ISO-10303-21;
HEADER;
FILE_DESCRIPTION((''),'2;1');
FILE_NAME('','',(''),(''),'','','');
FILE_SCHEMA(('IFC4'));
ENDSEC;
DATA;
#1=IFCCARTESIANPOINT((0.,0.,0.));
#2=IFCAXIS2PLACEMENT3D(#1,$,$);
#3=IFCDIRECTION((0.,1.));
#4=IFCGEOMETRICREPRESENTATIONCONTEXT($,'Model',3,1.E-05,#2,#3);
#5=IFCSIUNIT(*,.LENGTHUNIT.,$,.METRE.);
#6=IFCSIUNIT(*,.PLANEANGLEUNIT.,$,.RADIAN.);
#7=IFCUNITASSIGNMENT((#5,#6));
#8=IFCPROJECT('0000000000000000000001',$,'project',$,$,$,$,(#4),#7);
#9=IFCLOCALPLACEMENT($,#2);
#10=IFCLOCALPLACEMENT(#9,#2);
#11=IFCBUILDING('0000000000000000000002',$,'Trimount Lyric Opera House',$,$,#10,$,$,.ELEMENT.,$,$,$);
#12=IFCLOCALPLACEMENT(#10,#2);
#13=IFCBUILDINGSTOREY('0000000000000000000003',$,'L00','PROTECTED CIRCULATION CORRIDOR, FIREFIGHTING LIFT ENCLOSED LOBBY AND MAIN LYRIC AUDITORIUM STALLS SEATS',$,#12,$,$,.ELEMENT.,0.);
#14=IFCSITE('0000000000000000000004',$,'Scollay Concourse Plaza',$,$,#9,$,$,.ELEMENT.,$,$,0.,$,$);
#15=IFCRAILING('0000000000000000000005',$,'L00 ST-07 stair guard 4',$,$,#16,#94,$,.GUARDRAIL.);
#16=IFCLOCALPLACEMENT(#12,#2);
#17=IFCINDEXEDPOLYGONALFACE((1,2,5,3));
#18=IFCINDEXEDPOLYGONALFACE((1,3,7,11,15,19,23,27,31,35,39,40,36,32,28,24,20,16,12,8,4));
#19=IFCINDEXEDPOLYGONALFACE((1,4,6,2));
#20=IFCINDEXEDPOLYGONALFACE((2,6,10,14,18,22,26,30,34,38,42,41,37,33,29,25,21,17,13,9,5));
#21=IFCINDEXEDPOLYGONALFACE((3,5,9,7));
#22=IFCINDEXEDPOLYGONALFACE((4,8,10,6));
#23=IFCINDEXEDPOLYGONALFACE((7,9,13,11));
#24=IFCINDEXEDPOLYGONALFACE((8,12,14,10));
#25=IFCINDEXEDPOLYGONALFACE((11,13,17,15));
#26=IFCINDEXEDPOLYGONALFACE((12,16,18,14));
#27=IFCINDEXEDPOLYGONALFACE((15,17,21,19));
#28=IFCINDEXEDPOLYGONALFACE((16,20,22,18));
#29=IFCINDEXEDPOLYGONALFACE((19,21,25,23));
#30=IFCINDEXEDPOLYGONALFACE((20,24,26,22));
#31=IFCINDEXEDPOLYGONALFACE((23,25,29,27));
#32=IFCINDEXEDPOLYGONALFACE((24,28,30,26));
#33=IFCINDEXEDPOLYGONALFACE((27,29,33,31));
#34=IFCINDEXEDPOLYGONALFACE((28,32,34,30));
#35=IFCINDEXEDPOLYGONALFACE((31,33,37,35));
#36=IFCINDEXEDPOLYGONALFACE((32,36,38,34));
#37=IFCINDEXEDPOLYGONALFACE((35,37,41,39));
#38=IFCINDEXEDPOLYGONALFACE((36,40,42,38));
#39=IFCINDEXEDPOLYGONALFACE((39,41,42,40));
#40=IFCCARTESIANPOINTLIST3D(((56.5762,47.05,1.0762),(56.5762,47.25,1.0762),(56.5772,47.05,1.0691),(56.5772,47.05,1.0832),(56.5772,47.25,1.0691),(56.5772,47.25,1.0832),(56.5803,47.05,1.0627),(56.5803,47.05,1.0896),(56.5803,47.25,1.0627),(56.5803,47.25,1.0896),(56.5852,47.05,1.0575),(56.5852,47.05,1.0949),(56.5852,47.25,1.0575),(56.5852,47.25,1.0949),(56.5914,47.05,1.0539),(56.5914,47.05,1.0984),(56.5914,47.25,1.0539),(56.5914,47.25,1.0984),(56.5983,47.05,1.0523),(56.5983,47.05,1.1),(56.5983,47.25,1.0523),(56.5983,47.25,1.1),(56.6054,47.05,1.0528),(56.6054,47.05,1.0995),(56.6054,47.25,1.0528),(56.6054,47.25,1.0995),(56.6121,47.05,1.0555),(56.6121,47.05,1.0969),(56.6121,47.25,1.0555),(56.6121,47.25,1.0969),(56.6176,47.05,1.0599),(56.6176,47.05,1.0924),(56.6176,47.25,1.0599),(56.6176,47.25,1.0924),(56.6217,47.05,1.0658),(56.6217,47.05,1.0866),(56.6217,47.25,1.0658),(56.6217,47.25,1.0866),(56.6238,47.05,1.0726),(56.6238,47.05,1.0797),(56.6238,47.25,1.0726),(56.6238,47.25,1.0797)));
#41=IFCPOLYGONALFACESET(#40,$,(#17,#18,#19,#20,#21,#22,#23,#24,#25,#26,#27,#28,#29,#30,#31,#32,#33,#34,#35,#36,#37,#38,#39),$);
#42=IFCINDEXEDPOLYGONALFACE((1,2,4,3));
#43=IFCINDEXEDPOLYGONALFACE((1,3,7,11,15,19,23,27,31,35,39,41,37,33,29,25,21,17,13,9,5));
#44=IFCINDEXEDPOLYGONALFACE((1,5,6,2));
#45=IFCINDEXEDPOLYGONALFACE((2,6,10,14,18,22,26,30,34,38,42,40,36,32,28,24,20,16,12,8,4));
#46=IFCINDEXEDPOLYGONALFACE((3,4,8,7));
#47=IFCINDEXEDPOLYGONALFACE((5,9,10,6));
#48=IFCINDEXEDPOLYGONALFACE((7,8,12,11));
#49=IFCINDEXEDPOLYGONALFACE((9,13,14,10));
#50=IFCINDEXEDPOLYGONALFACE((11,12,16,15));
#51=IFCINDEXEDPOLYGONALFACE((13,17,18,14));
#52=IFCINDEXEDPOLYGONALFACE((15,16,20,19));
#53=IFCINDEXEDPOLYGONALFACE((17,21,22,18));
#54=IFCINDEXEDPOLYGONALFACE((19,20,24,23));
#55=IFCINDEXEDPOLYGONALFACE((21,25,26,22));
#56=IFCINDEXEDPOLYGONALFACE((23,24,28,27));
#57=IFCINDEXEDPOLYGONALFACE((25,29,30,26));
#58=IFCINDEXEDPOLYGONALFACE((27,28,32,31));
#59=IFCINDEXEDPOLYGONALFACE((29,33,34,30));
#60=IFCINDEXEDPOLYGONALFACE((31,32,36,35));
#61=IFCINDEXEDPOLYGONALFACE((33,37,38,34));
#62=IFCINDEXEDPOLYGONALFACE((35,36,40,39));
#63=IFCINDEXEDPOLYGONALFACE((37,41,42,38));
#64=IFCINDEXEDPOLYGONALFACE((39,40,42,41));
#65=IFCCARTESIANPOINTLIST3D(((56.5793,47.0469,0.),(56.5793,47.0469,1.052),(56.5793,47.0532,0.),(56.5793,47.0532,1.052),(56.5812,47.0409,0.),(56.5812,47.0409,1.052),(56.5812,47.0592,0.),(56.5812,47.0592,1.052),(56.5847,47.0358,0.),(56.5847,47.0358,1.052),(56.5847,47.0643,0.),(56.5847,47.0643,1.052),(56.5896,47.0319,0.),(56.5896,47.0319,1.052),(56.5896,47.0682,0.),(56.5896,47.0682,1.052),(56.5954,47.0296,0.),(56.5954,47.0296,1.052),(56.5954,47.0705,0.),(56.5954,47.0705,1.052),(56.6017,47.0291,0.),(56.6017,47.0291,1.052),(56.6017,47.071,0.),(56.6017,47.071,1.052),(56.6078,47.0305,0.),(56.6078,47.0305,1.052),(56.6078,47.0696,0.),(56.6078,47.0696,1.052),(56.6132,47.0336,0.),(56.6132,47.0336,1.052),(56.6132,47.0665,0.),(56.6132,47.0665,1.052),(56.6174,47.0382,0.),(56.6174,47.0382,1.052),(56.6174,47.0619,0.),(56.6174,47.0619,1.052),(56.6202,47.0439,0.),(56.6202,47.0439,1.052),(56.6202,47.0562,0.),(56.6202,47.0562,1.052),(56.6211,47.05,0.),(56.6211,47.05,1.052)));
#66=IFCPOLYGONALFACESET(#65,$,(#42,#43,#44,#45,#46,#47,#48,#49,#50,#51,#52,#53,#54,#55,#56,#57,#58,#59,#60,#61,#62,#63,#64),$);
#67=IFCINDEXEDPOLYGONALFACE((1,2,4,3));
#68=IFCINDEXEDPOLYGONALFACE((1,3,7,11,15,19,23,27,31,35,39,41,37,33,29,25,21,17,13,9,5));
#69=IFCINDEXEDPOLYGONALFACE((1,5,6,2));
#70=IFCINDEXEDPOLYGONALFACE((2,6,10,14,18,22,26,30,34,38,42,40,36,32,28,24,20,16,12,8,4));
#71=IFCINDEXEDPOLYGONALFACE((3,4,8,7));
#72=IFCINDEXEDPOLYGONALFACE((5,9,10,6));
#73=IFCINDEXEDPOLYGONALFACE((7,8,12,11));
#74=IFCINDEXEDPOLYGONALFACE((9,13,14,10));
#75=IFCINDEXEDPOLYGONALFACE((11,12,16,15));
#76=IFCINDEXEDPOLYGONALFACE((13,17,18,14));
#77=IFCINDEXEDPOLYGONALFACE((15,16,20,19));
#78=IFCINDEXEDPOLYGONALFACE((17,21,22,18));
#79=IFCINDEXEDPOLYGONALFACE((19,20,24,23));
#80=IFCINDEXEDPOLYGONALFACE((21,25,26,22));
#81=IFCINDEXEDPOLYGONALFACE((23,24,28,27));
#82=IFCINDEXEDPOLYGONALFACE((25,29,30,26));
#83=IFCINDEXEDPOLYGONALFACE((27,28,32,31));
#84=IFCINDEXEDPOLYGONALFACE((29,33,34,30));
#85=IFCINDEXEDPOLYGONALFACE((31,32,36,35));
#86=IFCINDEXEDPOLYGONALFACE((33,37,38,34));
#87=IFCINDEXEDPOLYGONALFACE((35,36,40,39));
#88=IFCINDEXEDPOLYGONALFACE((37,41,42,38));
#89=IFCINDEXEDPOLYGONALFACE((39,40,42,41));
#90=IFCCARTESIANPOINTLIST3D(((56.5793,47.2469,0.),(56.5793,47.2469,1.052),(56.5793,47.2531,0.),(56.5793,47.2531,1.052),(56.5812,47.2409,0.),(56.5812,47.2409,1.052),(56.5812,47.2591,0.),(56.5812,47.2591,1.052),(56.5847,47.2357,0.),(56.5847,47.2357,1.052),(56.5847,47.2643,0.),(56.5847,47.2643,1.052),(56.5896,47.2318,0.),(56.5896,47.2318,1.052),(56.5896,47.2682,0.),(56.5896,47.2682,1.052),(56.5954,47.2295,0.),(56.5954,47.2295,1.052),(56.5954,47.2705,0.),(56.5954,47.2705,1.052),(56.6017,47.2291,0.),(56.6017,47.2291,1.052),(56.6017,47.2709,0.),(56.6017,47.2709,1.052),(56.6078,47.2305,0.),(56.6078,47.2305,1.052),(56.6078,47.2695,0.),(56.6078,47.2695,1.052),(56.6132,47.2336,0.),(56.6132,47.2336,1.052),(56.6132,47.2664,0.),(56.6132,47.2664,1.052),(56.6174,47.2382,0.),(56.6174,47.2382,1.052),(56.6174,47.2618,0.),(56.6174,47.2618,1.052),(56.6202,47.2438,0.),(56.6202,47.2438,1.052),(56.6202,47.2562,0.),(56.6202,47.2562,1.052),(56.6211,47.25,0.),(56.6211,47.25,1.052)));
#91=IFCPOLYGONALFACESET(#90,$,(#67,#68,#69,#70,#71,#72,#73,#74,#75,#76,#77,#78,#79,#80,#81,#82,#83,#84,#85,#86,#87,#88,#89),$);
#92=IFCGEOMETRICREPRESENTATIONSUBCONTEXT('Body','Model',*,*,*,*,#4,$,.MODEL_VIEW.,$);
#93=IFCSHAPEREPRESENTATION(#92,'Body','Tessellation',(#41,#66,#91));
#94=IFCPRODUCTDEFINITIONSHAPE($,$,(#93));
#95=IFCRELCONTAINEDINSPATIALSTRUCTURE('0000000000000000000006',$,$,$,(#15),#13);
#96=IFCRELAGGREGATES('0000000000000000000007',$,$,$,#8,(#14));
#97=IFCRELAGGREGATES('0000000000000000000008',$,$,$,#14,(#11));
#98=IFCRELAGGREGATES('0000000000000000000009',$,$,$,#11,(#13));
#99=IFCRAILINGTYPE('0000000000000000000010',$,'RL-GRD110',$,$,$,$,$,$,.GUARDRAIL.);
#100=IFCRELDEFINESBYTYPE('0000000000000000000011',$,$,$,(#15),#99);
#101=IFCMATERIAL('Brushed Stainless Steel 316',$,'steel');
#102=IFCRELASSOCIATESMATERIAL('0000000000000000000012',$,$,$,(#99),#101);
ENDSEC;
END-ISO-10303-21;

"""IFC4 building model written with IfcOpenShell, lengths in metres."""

from ifc_helpers import new_model, si_unit, direction, frame, origin, origin_2d, place, context, subcontext, project, spatial, circle, extrude, material, type_object, element, save


model = new_model("IFC4")

# Units and contexts
model_context = context("Model", 3, precision=1e-05, world=origin(), true_north=direction((0.0, 1.0)))
body_context = subcontext(model_context, "Body", "Model", "MODEL_VIEW")
ifc_project = project(units=[si_unit("LENGTHUNIT", "METRE"), si_unit("PLANEANGLEUNIT", "RADIAN")], contexts=[model_context])

# Site, building, storey
site_placement = place(None, origin())
site = spatial("IfcSite", under=ifc_project, at=site_placement, Name="Scollay Concourse Plaza", CompositionType="ELEMENT", RefElevation=0.0)
building_placement = place(site_placement, origin())
building = spatial("IfcBuilding", under=site, at=building_placement, Name="Trimount Lyric Opera House", CompositionType="ELEMENT")
storey_placement = place(building_placement, origin())
storey = spatial("IfcBuildingStorey", under=building, at=storey_placement, Name="L00", Description="PROTECTED CIRCULATION CORRIDOR, FIREFIGHTING LIFT ENCLOSED LOBBY AND MAIN LYRIC AUDITORIUM STALLS SEATS", CompositionType="ELEMENT", Elevation=0.0)

# Railing
ifc_material_1 = material(Name="Brushed Stainless Steel 316", Category="steel")
railing_type_1 = type_object("IfcRailingType", Name="RL-GRD110", PredefinedType="GUARDRAIL", material=ifc_material_1)
railing_1_placement = place(storey_placement, frame((56.6001, 47.05, 0.0)))
element("IfcRailing", 1, at=railing_1_placement, inside=storey, type_object=railing_type_1, Name="L00 ST-07 stair guard 4", PredefinedType="GUARDRAIL", context=body_context, shape_type="SweptSolid", body=[
    extrude(circle(Radius=0.0239, at=origin_2d()), frame((0.0, 0.0, 1.0762), z_axis=(0.0, 1.0, 0.0), x_axis=(-1.0, 0.0, 0.0)), (0.0, 0.0, 1.0), 0.2),
    extrude(circle(Radius=0.021, at=origin_2d()), origin(), (0.0, 0.0, 1.0), 1.052),
    extrude(circle(Radius=0.021, at=origin_2d()), frame((0.0, 0.2, 0.0)), (0.0, 0.0, 1.0), 1.052),
])

save(model, "model.ifc")
